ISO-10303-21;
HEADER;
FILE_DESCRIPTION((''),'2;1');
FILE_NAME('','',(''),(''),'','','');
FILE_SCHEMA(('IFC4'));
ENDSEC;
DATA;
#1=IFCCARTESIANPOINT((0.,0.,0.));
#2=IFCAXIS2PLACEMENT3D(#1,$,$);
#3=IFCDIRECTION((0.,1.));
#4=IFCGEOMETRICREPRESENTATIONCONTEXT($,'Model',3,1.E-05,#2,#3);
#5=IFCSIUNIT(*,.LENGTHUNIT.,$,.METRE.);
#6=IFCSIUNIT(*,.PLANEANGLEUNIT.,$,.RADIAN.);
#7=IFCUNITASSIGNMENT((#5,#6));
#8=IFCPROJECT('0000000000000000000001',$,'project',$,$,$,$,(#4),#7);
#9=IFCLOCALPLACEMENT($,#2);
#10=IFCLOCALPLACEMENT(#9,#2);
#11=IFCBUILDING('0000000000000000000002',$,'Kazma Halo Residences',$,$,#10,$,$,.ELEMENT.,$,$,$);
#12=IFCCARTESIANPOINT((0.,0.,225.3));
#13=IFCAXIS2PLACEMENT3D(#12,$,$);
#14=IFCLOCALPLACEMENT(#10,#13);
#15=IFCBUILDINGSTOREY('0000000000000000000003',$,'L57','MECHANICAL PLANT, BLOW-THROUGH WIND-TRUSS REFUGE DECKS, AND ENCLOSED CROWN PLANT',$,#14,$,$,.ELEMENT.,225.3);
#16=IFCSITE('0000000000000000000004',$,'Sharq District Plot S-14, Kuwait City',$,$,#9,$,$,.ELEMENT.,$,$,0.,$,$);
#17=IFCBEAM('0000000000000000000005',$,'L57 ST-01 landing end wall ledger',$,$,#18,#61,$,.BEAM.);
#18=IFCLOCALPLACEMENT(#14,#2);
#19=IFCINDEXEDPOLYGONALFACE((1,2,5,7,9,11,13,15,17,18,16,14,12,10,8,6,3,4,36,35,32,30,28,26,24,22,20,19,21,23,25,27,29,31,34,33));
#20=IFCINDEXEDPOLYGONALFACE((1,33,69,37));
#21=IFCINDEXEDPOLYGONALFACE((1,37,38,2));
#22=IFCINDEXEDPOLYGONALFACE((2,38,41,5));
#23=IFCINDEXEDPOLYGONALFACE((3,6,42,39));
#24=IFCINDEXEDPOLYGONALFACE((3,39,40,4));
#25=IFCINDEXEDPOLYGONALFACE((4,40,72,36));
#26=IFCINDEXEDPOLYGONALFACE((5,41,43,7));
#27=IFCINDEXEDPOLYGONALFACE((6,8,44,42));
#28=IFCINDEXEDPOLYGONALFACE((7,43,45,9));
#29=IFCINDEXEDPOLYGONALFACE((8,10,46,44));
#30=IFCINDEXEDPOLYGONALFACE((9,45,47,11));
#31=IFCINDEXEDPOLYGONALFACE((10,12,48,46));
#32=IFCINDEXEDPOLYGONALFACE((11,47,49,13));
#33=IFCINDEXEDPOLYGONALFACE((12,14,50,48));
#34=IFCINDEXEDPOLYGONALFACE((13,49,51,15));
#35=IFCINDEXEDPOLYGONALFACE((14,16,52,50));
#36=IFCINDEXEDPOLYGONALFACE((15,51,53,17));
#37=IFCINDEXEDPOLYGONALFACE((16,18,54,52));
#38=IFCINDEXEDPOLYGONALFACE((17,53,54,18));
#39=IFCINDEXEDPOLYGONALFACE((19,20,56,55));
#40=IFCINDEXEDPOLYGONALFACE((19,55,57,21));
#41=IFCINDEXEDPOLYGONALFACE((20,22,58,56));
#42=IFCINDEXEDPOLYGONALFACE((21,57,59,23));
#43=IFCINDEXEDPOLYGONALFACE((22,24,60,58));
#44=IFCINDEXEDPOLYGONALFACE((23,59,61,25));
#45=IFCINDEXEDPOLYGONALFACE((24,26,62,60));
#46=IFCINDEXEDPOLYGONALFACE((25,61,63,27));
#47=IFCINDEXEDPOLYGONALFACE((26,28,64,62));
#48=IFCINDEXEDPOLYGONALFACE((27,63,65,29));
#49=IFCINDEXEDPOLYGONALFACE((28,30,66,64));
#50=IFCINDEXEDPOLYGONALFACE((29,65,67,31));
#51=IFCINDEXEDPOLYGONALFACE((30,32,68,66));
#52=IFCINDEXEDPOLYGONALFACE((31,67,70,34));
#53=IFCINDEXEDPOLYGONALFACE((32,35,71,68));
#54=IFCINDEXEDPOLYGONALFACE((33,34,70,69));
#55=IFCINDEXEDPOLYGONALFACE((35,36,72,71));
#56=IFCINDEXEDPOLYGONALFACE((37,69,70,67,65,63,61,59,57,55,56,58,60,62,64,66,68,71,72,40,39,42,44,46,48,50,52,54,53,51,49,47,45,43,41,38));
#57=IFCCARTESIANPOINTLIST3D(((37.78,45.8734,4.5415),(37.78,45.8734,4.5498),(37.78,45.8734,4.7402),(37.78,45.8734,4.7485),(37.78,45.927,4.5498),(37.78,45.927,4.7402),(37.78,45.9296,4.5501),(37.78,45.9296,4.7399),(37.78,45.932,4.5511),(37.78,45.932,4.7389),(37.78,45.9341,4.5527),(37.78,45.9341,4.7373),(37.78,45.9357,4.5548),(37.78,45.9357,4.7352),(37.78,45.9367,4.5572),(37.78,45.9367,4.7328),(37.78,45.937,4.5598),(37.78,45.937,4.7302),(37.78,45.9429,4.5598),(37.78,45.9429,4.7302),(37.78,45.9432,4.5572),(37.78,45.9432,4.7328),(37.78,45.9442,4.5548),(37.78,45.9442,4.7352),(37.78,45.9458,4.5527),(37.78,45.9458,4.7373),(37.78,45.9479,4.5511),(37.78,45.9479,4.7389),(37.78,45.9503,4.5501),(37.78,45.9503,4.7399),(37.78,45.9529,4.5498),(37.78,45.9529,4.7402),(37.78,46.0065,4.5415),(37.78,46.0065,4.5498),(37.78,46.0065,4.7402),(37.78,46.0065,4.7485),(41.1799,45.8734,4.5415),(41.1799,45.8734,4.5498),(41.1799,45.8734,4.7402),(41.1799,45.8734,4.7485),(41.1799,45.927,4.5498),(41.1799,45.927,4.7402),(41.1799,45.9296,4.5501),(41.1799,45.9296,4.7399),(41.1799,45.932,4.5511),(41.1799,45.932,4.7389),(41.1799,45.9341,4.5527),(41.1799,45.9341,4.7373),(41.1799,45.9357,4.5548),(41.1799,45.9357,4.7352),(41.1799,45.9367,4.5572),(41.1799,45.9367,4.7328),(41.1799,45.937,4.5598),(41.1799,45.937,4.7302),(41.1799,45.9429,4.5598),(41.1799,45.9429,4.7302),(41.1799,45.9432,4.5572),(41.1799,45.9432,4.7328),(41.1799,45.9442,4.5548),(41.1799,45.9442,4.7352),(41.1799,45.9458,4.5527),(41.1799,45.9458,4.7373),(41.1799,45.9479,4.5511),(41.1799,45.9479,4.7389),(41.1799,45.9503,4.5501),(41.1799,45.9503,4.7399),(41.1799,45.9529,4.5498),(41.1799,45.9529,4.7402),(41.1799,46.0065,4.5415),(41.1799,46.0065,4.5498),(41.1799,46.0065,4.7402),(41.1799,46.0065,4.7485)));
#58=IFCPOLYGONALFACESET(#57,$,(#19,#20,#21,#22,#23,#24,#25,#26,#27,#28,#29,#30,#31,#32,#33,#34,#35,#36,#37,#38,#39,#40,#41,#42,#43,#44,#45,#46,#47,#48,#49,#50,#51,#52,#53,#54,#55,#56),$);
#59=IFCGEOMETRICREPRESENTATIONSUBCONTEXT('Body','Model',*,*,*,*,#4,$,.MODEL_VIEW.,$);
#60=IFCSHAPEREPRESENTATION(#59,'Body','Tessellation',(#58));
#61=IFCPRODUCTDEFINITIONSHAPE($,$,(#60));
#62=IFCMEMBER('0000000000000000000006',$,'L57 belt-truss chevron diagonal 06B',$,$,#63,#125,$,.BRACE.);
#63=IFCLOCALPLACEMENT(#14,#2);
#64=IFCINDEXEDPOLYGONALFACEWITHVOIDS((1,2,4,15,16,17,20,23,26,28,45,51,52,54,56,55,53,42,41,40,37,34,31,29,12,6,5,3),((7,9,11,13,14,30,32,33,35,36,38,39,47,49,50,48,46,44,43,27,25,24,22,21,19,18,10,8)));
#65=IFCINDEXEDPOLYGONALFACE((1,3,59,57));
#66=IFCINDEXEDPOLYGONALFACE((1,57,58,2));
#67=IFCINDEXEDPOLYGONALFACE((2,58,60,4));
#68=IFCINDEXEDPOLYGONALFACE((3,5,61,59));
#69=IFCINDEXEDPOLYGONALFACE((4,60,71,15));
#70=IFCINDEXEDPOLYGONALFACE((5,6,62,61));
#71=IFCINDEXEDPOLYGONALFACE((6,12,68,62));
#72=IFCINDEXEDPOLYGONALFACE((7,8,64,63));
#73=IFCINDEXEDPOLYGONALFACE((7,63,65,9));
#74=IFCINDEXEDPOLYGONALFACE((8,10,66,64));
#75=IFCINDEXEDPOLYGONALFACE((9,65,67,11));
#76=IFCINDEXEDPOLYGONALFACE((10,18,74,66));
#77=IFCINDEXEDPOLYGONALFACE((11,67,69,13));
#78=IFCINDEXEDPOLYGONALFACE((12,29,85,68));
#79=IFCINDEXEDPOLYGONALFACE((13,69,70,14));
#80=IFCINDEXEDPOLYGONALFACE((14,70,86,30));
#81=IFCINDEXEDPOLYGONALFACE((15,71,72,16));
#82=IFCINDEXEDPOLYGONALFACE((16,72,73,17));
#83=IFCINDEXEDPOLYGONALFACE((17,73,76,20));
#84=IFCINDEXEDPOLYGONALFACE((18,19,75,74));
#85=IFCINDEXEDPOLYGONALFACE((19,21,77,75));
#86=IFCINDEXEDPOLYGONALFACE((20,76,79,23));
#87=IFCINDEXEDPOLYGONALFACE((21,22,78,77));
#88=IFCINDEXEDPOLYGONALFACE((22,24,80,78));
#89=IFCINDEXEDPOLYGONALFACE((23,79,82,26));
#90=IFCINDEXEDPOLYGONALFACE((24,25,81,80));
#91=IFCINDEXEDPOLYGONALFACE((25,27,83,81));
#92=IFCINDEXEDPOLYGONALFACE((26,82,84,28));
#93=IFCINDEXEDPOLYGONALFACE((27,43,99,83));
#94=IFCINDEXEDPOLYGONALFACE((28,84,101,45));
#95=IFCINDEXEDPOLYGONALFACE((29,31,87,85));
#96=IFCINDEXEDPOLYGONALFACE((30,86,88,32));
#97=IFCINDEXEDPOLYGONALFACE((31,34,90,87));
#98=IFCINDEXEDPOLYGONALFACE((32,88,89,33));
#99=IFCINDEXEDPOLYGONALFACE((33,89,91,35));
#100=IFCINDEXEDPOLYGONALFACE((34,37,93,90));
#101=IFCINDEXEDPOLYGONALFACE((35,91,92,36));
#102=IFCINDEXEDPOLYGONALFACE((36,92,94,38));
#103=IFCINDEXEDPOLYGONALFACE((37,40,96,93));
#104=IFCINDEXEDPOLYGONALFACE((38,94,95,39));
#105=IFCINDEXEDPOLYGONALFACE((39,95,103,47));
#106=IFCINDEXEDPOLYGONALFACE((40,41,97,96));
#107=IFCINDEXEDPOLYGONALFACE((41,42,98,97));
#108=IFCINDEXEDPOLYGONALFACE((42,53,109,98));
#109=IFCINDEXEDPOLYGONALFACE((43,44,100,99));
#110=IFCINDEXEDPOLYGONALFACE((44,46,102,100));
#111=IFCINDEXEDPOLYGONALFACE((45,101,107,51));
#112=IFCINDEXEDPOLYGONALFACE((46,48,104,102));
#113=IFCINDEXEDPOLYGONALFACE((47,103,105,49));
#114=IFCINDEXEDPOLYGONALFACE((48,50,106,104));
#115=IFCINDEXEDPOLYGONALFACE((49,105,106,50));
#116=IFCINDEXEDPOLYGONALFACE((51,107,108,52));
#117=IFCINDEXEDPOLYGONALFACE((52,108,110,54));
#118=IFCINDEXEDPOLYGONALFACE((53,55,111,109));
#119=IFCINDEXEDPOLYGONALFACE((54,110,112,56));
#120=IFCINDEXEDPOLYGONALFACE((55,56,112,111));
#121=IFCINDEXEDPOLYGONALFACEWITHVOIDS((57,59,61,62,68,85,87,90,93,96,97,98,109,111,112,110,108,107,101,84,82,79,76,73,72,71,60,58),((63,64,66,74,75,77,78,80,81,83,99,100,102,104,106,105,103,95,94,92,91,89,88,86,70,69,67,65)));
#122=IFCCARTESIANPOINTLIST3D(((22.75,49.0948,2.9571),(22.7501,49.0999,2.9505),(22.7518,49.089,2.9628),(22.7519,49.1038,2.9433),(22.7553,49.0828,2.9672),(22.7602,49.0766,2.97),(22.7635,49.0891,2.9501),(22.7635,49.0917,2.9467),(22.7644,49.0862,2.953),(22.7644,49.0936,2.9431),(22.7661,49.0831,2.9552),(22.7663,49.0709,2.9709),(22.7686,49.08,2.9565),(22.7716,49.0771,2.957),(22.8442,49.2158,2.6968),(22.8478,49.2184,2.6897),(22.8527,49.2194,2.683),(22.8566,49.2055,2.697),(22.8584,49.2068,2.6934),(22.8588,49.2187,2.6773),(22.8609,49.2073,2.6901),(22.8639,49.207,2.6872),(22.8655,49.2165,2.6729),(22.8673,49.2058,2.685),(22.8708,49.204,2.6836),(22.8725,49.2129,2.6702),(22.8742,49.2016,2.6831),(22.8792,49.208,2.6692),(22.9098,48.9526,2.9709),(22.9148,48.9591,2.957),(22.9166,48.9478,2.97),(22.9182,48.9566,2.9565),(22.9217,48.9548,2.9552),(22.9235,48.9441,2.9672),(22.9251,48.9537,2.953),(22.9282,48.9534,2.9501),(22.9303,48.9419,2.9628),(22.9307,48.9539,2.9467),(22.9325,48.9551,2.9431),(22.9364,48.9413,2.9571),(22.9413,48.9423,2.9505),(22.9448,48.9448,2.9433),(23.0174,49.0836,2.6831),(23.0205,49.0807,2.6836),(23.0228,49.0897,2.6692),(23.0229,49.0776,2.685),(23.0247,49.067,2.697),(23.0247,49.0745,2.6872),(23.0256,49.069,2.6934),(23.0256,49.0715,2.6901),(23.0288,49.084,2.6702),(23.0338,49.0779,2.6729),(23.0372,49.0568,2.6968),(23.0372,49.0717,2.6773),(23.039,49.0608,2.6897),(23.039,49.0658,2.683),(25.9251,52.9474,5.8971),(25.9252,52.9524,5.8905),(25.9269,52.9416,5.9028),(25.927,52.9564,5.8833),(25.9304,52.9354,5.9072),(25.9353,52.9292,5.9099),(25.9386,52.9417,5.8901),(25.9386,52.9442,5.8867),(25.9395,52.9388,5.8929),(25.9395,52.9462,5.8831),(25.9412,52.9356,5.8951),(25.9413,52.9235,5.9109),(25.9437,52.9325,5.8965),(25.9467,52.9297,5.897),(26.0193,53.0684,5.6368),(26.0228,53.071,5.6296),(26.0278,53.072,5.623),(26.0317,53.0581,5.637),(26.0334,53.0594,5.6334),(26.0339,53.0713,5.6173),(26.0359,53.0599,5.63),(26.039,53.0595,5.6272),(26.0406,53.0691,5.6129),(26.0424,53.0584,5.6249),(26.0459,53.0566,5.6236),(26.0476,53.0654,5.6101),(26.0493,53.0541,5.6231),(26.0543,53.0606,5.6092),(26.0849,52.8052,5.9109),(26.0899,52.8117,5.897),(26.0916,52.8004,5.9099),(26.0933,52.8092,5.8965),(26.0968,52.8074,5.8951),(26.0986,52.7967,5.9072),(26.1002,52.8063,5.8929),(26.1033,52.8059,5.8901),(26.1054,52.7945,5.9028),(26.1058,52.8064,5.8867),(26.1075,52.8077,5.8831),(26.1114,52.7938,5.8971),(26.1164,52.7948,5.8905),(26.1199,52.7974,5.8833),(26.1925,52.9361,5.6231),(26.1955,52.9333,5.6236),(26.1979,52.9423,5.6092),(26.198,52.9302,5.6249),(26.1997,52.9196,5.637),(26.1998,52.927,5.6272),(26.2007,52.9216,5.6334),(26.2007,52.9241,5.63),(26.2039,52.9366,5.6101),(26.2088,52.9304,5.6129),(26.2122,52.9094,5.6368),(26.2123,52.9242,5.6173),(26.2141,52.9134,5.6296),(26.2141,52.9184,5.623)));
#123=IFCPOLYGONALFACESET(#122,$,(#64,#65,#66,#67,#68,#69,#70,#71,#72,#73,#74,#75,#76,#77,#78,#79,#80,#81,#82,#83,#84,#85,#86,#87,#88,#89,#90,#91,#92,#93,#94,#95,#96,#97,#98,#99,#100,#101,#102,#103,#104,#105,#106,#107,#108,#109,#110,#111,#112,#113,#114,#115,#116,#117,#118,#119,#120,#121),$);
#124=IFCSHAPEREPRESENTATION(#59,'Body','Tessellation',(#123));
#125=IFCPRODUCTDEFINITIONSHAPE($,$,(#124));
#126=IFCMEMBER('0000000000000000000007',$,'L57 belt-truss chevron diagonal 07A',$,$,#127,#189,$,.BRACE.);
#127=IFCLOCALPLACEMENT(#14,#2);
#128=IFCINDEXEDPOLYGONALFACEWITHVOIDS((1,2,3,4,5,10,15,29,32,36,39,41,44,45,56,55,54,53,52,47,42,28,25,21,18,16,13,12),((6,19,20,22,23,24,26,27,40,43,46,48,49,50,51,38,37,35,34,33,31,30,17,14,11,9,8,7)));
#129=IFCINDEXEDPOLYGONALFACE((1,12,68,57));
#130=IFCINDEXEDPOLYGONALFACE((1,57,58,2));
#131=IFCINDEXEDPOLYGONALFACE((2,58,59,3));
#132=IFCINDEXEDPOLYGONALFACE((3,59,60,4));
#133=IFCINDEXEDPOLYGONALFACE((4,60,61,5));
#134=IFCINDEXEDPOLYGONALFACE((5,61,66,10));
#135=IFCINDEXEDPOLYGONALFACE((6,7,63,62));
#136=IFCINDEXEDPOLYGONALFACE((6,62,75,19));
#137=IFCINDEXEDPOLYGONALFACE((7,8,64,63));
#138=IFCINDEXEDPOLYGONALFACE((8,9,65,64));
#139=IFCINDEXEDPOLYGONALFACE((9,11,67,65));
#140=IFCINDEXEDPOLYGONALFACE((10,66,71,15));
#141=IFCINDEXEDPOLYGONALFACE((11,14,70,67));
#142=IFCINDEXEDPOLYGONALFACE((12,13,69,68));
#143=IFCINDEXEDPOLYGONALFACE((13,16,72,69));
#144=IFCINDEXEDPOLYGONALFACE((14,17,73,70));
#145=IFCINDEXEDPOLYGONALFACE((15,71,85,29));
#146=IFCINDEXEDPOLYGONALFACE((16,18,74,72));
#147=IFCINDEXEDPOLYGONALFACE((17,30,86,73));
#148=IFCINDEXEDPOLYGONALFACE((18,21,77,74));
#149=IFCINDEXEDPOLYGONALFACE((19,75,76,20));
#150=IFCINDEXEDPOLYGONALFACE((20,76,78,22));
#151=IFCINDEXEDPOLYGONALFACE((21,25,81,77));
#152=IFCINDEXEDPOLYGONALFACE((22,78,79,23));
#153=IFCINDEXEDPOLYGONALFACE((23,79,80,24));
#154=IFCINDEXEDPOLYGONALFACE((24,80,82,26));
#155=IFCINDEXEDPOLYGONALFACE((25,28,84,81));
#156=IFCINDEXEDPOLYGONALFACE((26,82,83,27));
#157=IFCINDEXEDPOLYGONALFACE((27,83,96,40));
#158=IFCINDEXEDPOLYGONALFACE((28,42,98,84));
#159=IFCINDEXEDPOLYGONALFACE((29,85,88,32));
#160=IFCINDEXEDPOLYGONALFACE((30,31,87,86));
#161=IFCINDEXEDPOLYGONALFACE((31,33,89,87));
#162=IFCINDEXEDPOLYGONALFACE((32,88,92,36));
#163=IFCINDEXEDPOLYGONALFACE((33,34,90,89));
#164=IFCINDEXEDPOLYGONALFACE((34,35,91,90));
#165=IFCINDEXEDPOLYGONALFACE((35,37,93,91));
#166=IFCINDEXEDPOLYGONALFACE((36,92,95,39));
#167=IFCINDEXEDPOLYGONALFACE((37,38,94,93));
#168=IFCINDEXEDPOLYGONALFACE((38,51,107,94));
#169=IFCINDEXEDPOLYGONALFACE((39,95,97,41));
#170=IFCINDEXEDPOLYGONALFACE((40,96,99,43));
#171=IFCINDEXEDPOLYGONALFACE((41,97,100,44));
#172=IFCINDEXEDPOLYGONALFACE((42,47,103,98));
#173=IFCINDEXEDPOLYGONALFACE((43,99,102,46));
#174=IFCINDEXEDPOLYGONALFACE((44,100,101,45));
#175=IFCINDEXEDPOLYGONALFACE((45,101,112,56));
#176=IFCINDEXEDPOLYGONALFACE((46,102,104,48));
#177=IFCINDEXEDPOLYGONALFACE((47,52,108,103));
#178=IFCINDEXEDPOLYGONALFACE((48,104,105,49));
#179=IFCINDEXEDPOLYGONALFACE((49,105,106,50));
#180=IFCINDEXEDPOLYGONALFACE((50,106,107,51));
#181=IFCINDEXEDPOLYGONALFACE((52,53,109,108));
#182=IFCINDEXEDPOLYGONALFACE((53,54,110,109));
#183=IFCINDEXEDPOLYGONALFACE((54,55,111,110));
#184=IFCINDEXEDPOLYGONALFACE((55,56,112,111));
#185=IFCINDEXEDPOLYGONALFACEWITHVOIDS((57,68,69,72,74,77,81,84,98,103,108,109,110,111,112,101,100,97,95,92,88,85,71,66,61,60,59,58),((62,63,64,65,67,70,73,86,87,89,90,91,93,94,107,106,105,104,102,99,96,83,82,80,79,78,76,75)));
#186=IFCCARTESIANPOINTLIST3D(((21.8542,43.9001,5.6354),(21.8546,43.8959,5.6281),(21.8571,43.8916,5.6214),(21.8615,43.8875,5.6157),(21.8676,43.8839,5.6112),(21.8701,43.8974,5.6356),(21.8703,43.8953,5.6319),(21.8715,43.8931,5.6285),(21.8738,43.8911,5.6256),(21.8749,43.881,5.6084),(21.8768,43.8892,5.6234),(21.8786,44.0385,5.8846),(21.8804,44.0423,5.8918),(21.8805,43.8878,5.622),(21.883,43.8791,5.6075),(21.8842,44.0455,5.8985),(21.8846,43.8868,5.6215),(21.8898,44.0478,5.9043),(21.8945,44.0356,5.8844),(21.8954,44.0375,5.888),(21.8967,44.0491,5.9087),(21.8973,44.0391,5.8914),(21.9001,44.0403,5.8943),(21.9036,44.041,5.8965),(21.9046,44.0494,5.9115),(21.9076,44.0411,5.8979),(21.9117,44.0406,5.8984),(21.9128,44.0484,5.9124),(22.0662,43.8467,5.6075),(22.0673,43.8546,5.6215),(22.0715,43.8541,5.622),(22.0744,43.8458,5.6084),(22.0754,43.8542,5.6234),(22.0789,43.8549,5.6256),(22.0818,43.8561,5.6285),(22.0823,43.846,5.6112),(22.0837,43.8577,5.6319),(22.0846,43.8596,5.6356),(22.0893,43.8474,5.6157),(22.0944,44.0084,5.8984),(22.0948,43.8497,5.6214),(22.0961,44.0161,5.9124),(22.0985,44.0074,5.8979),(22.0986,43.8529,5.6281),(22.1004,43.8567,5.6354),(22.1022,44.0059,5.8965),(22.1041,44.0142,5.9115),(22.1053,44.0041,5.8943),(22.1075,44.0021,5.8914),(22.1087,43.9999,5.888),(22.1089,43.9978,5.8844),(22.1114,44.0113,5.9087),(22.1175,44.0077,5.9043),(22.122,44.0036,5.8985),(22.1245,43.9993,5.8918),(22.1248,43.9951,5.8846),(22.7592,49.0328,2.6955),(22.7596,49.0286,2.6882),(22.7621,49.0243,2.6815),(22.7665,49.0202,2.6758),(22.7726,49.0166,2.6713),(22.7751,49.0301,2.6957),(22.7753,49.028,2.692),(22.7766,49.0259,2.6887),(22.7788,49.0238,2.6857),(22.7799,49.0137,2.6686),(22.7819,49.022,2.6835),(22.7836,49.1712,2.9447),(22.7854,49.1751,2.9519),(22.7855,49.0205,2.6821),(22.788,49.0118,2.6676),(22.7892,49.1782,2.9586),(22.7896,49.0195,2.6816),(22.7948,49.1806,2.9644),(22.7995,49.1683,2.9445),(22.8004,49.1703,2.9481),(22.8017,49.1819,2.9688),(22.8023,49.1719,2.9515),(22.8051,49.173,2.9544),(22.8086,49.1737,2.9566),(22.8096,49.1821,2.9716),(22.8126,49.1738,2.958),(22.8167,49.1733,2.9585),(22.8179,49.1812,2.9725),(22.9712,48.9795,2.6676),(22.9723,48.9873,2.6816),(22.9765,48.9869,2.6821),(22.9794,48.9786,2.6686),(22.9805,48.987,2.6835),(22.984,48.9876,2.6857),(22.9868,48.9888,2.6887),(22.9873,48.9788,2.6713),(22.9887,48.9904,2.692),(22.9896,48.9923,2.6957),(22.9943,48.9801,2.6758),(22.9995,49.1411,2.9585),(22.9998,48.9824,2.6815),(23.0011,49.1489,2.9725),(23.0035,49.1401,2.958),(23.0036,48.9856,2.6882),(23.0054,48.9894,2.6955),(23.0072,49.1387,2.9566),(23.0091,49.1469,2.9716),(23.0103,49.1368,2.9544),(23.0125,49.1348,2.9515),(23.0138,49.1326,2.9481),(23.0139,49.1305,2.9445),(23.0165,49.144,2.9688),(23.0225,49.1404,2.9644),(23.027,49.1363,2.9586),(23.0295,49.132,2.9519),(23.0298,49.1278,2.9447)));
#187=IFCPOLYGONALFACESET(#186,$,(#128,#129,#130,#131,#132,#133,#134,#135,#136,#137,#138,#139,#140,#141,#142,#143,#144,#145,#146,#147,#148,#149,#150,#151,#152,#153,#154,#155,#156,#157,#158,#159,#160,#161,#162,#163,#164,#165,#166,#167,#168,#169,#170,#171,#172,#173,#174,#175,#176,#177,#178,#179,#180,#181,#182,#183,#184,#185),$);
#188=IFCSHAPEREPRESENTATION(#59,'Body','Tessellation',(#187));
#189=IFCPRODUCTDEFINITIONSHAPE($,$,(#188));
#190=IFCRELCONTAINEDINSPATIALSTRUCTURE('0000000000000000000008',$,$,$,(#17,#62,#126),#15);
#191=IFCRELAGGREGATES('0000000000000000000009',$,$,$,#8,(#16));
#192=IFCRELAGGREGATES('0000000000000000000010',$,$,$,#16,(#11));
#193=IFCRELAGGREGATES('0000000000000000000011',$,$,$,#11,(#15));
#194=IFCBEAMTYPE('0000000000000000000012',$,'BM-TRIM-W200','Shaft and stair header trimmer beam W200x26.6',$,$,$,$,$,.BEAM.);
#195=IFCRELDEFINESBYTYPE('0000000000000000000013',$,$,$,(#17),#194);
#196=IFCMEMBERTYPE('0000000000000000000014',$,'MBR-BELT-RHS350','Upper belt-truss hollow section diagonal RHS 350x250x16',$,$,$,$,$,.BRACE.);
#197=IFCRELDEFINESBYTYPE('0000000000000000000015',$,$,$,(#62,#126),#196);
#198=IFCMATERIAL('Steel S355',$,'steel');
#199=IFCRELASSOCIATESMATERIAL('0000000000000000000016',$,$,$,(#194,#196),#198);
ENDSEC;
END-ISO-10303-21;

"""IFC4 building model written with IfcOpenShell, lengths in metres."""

from ifc_helpers import new_model, si_unit, direction, frame, origin, origin_2d, place, context, subcontext, project, spatial, hollow_rectangle, i_section, extrude, material, material_profile, profile_set, type_object, element, save


model = new_model("IFC4")

# Units and contexts
model_context = context("Model", 3, precision=1e-05, world=origin(), true_north=direction((0.0, 1.0)))
body_context = subcontext(model_context, "Body", "Model", "MODEL_VIEW")
ifc_project = project(units=[si_unit("LENGTHUNIT", "METRE"), si_unit("PLANEANGLEUNIT", "RADIAN")], contexts=[model_context])

# Site, building, storey
site_placement = place(None, origin())
site = spatial("IfcSite", under=ifc_project, at=site_placement, Name="Sharq District Plot S-14, Kuwait City", CompositionType="ELEMENT", RefElevation=0.0)
building_placement = place(site_placement, origin())
building = spatial("IfcBuilding", under=site, at=building_placement, Name="Kazma Halo Residences", CompositionType="ELEMENT")
storey_placement = place(building_placement, frame((0.0, 0.0, 225.3)))
storey = spatial("IfcBuildingStorey", under=building, at=storey_placement, Name="L57", Description="MECHANICAL PLANT, BLOW-THROUGH WIND-TRUSS REFUGE DECKS, AND ENCLOSED CROWN PLANT", CompositionType="ELEMENT", Elevation=225.3)

# Beam
ifc_material_1 = material(Name="Steel S355", Category="steel")
ifc_material_profile_1 = material_profile(ifc_material_1, i_section(OverallWidth=0.1331, OverallDepth=0.207, WebThickness=0.0059, FlangeThickness=0.0083, FilletRadius=0.01, at=origin_2d()), Name="W200x26.6")
ifc_profile_set_1 = profile_set([ifc_material_profile_1], Name="Steel S355")
beam_type_1 = type_object("IfcBeamType", Name="BM-TRIM-W200", Description="Shaft and stair header trimmer beam W200x26.6", PredefinedType="BEAM", material=ifc_profile_set_1)
for number, where, z_axis, x_axis, name in (
    (1, (37.78, 45.9399, 4.645), (1.0, 0.0, 0.0), (0.0, 1.0, 0.0), "L57 ST-01 landing end wall ledger"),
):
    element("IfcBeam", number, at=place(storey_placement, frame(where, z_axis=z_axis, x_axis=x_axis)), inside=storey, type_object=beam_type_1, Name=name, PredefinedType="BEAM", context=body_context, shape_type="SweptSolid", body=[
        extrude(i_section(OverallWidth=0.1331, OverallDepth=0.207, WebThickness=0.0059, FlangeThickness=0.0083, FilletRadius=0.01, at=origin_2d()), origin(), (0.0, 0.0, 1.0), 3.3999),
    ])

# Members
ifc_material_profile_2 = material_profile(ifc_material_1, hollow_rectangle(XDim=0.25, YDim=0.3501, WallThickness=0.0161, InnerFilletRadius=0.0161, OuterFilletRadius=0.032, at=origin_2d()), Name="RHS350x250x16")
ifc_profile_set_2 = profile_set([ifc_material_profile_2], Name="Steel S355")
member_type_1 = type_object("IfcMemberType", Name="MBR-BELT-RHS350", Description="Upper belt-truss hollow section diagonal RHS 350x250x16", PredefinedType="BRACE", material=ifc_profile_set_2)
member_1_placement = place(storey_placement, frame((22.8945, 49.0803, 2.8201), z_axis=(0.548023, 0.66496, 0.507443), x_axis=(-0.771697, 0.63599, 0.0)))
element("IfcMember", 2, at=member_1_placement, inside=storey, type_object=member_type_1, Name="L57 belt-truss chevron diagonal 06B", PredefinedType="BRACE", context=body_context, shape_type="SweptSolid", body=[
    extrude(hollow_rectangle(XDim=0.25, YDim=0.3501, WallThickness=0.0161, InnerFilletRadius=0.0161, OuterFilletRadius=0.032, at=origin_2d()), origin(), (0.0, 0.0, 1.0), 5.7937),
])
member_2_placement = place(storey_placement, frame((22.8945, 49.0803, 2.8201), z_axis=(-0.151242, -0.857758, 0.491301), x_axis=(0.984809, -0.173644, 0.0)))
element("IfcMember", 3, at=member_2_placement, inside=storey, type_object=member_type_1, Name="L57 belt-truss chevron diagonal 07A", PredefinedType="BRACE", context=body_context, shape_type="SweptSolid", body=[
    extrude(hollow_rectangle(XDim=0.25, YDim=0.3501, WallThickness=0.0161, InnerFilletRadius=0.0161, OuterFilletRadius=0.032, at=origin_2d()), origin(), (0.0, 0.0, 1.0), 5.9839),
])

save(model, "model.ifc")
